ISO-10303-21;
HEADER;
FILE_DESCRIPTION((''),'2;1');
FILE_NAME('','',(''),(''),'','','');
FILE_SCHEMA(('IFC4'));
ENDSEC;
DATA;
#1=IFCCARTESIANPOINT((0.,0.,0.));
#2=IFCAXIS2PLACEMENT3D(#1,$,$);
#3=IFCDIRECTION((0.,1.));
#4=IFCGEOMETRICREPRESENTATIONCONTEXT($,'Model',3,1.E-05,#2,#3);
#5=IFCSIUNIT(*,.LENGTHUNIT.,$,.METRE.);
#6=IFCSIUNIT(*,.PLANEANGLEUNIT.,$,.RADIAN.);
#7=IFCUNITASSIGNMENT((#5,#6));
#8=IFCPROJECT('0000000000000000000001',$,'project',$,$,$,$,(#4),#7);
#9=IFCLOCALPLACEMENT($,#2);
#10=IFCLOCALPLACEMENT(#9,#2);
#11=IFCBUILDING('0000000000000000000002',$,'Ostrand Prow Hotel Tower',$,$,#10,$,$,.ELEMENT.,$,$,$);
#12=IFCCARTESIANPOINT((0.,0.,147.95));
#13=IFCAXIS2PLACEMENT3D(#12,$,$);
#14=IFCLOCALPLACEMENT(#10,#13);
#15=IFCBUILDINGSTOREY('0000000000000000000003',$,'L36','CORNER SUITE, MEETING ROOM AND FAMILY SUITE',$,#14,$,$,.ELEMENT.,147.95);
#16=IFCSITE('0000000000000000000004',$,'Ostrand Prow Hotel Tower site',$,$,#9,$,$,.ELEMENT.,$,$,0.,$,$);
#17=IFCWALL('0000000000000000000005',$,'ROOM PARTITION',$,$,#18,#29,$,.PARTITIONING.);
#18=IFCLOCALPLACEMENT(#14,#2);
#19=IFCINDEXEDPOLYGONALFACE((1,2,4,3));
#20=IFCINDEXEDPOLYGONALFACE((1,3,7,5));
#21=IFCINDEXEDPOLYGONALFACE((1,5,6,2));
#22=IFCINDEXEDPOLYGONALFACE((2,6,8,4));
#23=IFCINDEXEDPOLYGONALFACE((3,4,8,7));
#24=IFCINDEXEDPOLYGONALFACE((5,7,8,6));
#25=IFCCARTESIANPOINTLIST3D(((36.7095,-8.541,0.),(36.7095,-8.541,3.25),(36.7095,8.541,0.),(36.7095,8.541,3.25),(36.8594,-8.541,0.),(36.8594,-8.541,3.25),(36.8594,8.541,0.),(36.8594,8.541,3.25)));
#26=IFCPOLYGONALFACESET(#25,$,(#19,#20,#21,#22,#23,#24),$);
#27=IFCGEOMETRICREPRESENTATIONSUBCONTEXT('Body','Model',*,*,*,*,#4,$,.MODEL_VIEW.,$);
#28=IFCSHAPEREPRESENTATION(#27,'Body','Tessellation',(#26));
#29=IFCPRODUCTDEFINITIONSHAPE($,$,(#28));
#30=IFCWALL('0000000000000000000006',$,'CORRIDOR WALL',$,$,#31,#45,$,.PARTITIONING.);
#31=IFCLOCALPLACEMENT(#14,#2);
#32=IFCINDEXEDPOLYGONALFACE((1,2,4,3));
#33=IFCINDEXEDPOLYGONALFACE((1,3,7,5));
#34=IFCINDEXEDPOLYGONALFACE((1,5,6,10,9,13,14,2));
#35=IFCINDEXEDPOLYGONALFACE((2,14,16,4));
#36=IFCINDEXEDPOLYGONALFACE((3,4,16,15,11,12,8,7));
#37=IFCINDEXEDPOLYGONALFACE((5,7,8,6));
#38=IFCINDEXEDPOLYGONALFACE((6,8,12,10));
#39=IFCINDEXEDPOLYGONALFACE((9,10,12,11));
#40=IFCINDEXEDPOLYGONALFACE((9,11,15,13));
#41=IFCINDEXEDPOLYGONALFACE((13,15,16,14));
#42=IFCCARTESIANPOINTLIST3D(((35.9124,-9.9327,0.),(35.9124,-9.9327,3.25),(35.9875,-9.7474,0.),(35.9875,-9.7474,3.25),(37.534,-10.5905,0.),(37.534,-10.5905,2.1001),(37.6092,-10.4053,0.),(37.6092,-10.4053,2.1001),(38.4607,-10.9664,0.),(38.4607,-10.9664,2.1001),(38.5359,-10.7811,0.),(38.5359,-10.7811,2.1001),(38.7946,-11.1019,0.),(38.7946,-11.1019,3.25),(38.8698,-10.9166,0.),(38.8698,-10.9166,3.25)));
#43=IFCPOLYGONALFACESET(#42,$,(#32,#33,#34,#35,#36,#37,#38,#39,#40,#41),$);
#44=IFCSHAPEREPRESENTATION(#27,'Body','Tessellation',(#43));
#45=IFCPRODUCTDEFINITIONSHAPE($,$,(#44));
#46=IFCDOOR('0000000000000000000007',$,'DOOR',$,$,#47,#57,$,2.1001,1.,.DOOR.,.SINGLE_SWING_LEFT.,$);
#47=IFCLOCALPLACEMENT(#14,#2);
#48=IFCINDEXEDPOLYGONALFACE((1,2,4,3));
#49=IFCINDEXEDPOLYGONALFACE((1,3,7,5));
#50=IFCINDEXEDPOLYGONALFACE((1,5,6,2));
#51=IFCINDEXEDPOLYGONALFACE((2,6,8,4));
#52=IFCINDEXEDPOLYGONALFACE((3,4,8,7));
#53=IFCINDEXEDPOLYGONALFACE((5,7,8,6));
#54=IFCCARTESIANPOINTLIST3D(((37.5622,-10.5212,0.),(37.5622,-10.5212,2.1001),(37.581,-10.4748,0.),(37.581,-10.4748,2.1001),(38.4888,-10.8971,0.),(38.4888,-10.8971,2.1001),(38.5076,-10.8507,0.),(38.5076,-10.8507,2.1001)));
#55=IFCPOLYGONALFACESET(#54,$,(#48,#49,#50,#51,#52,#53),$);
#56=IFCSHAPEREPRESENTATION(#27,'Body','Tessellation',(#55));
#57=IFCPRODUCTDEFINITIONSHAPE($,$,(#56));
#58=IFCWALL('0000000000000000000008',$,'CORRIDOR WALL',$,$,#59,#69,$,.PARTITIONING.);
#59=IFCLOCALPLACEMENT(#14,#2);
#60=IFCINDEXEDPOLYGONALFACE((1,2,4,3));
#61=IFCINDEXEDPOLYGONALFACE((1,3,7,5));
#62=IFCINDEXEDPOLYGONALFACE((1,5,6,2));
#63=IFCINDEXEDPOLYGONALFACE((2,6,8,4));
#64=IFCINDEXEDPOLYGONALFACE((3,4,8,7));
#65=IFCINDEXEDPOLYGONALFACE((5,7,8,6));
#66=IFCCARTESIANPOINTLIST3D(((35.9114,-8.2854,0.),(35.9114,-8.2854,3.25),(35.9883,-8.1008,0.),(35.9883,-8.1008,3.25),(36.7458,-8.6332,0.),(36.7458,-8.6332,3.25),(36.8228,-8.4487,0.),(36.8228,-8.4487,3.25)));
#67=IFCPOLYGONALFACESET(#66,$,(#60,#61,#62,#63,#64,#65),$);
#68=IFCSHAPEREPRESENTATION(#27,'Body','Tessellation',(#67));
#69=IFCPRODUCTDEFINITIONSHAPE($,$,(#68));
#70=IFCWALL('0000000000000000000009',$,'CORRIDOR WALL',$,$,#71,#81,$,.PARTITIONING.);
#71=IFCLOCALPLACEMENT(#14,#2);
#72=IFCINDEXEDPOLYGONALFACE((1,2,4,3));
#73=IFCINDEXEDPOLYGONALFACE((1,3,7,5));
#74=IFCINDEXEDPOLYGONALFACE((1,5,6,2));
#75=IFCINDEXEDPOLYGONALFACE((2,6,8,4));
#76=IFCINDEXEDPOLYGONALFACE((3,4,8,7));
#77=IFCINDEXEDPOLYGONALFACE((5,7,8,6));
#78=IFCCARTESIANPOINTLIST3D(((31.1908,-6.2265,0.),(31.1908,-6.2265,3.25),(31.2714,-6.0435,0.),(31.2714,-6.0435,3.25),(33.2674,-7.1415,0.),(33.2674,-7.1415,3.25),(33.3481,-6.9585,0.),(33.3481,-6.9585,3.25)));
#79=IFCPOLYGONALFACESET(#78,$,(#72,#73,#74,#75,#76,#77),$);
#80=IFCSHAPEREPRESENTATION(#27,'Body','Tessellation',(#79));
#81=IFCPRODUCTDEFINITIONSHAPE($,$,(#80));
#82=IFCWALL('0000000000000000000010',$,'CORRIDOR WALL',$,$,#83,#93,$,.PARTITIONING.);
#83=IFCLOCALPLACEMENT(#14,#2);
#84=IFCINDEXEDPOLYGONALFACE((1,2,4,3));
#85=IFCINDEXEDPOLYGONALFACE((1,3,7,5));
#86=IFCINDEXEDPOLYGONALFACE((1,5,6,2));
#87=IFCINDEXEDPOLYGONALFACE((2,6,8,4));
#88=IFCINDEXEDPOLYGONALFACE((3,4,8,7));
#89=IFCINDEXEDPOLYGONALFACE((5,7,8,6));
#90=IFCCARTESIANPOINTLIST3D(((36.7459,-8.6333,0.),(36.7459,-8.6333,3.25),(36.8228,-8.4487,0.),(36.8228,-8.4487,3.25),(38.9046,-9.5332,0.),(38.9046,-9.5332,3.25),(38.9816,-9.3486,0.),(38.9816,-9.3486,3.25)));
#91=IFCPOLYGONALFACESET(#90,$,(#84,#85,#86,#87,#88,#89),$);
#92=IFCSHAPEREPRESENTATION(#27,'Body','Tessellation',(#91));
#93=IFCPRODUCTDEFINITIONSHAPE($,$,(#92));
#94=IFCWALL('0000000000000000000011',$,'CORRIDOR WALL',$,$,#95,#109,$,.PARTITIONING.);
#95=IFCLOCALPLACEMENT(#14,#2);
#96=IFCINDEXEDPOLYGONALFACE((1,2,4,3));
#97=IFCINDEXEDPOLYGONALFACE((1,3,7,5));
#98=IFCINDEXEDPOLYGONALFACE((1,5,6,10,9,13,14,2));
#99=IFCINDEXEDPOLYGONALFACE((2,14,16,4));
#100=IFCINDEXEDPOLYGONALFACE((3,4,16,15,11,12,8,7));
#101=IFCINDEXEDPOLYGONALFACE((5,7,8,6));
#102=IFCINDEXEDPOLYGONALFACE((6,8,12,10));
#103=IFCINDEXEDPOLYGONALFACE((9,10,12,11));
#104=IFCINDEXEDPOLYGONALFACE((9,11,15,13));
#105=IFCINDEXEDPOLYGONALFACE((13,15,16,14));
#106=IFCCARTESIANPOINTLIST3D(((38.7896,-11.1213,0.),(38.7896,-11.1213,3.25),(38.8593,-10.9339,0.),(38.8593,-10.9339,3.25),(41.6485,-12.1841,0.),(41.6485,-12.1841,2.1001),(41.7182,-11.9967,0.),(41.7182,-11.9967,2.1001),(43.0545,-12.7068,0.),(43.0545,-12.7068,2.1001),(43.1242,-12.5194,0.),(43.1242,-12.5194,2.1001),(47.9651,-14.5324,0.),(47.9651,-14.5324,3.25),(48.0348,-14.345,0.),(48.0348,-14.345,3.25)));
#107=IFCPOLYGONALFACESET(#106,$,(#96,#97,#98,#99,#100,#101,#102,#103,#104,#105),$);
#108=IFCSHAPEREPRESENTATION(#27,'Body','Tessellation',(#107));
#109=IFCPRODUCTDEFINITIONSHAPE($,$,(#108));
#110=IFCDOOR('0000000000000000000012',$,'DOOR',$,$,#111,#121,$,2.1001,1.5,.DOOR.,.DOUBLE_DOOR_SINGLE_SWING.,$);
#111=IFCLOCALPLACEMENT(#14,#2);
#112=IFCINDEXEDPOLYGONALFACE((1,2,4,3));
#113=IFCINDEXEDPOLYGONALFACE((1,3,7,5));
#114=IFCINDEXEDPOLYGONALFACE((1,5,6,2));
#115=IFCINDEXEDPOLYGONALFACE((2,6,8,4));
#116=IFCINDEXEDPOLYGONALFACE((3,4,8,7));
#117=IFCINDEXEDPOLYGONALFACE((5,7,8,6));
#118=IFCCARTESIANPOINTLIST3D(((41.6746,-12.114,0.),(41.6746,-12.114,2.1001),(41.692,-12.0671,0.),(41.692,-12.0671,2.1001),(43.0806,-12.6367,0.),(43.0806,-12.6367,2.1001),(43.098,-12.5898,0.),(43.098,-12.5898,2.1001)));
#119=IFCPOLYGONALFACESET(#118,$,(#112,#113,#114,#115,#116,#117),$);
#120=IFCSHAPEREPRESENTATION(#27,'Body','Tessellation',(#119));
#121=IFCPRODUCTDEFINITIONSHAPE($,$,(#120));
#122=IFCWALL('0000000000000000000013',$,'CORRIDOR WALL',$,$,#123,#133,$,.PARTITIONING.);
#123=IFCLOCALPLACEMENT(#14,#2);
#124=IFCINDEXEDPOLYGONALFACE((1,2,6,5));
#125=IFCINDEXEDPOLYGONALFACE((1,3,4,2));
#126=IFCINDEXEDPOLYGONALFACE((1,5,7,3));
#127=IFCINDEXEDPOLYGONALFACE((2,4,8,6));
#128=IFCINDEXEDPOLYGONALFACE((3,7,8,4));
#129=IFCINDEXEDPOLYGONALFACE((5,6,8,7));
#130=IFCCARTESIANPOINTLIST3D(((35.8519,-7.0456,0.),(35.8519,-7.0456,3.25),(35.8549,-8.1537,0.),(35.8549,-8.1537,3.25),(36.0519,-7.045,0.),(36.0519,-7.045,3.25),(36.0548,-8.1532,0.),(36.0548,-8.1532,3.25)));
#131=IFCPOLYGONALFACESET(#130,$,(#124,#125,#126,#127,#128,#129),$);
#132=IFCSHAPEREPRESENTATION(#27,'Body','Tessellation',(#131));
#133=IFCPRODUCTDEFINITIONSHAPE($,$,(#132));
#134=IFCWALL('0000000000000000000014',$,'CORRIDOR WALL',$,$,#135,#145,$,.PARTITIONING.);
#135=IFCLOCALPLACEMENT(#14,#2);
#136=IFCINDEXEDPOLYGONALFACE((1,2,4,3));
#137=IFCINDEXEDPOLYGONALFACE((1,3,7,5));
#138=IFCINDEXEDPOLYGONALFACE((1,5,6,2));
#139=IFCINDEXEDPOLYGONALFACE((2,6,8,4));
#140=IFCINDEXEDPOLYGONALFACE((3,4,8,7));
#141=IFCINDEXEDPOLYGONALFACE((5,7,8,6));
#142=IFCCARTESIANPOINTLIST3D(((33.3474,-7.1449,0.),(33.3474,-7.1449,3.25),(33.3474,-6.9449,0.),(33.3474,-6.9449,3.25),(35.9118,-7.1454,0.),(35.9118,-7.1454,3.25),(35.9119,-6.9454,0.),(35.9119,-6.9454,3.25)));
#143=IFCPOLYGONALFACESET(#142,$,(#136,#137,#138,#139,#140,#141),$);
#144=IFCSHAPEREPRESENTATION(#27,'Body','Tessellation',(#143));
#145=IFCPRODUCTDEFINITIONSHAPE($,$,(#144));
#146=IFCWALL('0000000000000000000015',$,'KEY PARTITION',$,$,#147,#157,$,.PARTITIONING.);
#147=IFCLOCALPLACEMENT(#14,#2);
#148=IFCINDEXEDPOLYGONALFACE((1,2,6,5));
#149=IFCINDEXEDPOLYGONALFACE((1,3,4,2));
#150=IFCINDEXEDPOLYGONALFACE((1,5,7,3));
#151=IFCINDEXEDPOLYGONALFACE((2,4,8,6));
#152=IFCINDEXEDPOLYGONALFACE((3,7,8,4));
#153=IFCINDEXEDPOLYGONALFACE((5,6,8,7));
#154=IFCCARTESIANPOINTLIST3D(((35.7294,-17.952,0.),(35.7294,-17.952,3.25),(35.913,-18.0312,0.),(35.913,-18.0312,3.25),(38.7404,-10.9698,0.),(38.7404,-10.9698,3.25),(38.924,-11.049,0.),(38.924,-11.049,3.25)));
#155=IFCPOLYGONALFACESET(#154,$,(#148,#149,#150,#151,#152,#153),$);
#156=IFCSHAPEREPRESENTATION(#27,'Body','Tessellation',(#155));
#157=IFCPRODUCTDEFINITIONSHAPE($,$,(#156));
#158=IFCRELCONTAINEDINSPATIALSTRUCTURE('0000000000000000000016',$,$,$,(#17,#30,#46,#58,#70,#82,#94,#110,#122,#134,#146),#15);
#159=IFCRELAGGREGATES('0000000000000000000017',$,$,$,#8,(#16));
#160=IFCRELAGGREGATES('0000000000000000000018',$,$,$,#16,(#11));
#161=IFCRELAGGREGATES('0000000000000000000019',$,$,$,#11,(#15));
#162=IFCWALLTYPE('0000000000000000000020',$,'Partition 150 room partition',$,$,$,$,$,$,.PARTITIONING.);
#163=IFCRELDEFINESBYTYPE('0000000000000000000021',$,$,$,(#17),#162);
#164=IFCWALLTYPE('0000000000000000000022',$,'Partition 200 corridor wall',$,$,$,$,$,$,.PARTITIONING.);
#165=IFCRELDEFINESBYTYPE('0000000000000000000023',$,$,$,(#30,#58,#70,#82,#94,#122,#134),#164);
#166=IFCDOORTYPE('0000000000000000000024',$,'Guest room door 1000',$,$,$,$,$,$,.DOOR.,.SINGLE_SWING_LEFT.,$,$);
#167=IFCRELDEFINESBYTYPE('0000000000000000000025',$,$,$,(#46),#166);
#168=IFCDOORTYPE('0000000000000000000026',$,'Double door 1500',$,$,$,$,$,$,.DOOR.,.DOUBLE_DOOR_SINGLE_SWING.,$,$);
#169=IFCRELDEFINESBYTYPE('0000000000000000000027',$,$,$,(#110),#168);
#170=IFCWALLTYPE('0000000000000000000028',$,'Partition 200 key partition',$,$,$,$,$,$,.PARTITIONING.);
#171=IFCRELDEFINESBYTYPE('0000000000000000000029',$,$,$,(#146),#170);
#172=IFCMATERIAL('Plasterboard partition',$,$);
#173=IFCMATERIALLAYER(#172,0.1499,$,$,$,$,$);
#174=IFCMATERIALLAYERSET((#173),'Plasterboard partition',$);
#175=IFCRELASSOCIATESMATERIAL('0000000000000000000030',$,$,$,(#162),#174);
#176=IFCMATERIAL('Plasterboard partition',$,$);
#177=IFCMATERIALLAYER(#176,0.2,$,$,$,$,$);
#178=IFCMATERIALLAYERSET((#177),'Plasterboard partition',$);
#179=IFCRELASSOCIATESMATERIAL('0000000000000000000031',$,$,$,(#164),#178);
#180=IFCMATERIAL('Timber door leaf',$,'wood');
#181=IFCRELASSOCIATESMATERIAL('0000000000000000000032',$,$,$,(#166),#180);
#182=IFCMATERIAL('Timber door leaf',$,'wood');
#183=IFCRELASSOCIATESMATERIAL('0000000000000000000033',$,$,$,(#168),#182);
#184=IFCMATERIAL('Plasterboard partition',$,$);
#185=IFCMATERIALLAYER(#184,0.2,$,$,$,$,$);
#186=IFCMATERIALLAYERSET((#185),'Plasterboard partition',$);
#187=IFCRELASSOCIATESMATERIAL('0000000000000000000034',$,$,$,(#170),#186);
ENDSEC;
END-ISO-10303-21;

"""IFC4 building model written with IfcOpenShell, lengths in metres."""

from ifc_helpers import new_model, si_unit, direction, frame, frame_2d, origin, place, context, subcontext, project, spatial, rectangle, extrude, material, layer, layer_set, type_object, element, fill, save


model = new_model("IFC4")

# Units and contexts
model_context = context("Model", 3, precision=1e-05, world=origin(), true_north=direction((0.0, 1.0)))
body_context = subcontext(model_context, "Body", "Model", "MODEL_VIEW")
ifc_project = project(units=[si_unit("LENGTHUNIT", "METRE"), si_unit("PLANEANGLEUNIT", "RADIAN")], contexts=[model_context])

# Site, building, storey
site_placement = place(None, origin())
site = spatial("IfcSite", under=ifc_project, at=site_placement, Name="Ostrand Prow Hotel Tower site", CompositionType="ELEMENT", RefElevation=0.0)
building_placement = place(site_placement, origin())
building = spatial("IfcBuilding", under=site, at=building_placement, Name="Ostrand Prow Hotel Tower", CompositionType="ELEMENT")
storey_placement = place(building_placement, frame((0.0, 0.0, 147.95)))
storey = spatial("IfcBuildingStorey", under=building, at=storey_placement, Name="L36", Description="CORNER SUITE, MEETING ROOM AND FAMILY SUITE", CompositionType="ELEMENT", Elevation=147.95)

# Wall
ifc_material_1 = material(Name="Plasterboard partition")
ifc_layer_1 = layer(ifc_material_1, 0.1499)
ifc_layer_set_1 = layer_set([ifc_layer_1], Name="Plasterboard partition")
wall_type_1 = type_object("IfcWallType", Name="Partition 150 room partition", PredefinedType="PARTITIONING", material=ifc_layer_set_1)
wall_1_placement = place(storey_placement, frame((36.7844, -8.541, 0.0), z_axis=(0.0, 0.0, 1.0), x_axis=(0.0, 1.0, 0.0)))
element("IfcWall", 1, at=wall_1_placement, inside=storey, type_object=wall_type_1, Name="ROOM PARTITION", PredefinedType="PARTITIONING", context=body_context, shape_type="SweptSolid", body=[
    extrude(rectangle(XDim=17.082, YDim=0.1499, at=frame_2d((8.541, 0.0))), origin(), (0.0, 0.0, 1.0), 3.25),
])

# Wall, opening, door
ifc_material_2 = material(Name="Plasterboard partition")
ifc_layer_2 = layer(ifc_material_2, 0.2)
ifc_layer_set_2 = layer_set([ifc_layer_2], Name="Plasterboard partition")
wall_type_2 = type_object("IfcWallType", Name="Partition 200 corridor wall", PredefinedType="PARTITIONING", material=ifc_layer_set_2)
wall_2_placement = place(storey_placement, frame((35.95, -9.8401, 0.0), z_axis=(0.0, 0.0, 1.0), x_axis=(0.926663, -0.375893, 0.0)))
wall_2 = element("IfcWall", 2, at=wall_2_placement, inside=storey, type_object=wall_type_2, Name="CORRIDOR WALL", PredefinedType="PARTITIONING", context=body_context, shape_type="SweptSolid", body=[
    extrude(rectangle(XDim=3.1104, YDim=0.2, at=frame_2d((1.5552, 0.0))), origin(), (0.0, 0.0, 1.0), 3.25),
])
opening_1_placement = place(wall_2_placement, frame((1.75, 0.0, 0.0)))
opening_1 = element("IfcOpeningElement", 3, at=opening_1_placement, cuts=wall_2, PredefinedType="OPENING", context=body_context, shape_type="SweptSolid", body=[
    extrude(rectangle(XDim=1.0, YDim=2.1001, at=frame_2d((0.5, 1.05))), frame((0.0, 0.1099, 0.0), z_axis=(0.0, -1.0, 0.0), x_axis=(1.0, 0.0, 0.0)), (0.0, 0.0, 1.0), 0.22),
])
ifc_material_3 = material(Name="Timber door leaf", Category="wood")
door_type_1 = type_object("IfcDoorType", Name="Guest room door 1000", OperationType="SINGLE_SWING_LEFT", PredefinedType="DOOR", material=ifc_material_3)
door_1_placement = place(opening_1_placement, origin())
door_1 = element("IfcDoor", 4, at=door_1_placement, inside=storey, type_object=door_type_1, Name="DOOR", OperationType="SINGLE_SWING_LEFT", OverallHeight=2.1001, OverallWidth=1.0, PredefinedType="DOOR", context=body_context, shape_type="SweptSolid", body=[
    extrude(rectangle(XDim=1.0, YDim=2.1001, at=frame_2d((0.5, 1.05))), frame((0.0, 0.0249, 0.0), z_axis=(0.0, -1.0, 0.0), x_axis=(1.0, 0.0, 0.0)), (0.0, 0.0, 1.0), 0.05),
])
fill(opening_1, door_1)

# Walls
wall_3_placement = place(storey_placement, frame((36.7844, -8.541, 0.0), z_axis=(0.0, 0.0, 1.0), x_axis=(-0.922997, 0.384807, 0.0)))
element("IfcWall", 5, at=wall_3_placement, inside=storey, type_object=wall_type_2, Name="CORRIDOR WALL", PredefinedType="PARTITIONING", context=body_context, shape_type="SweptSolid", body=[
    extrude(rectangle(XDim=0.9041, YDim=0.2, at=frame_2d((0.4521, 0.0))), origin(), (0.0, 0.0, 1.0), 3.25),
])
wall_4_placement = place(storey_placement, frame((33.3079, -7.05, 0.0), z_axis=(0.0, 0.0, 1.0), x_axis=(-0.915102, 0.403222, 0.0)))
element("IfcWall", 6, at=wall_4_placement, inside=storey, type_object=wall_type_2, Name="CORRIDOR WALL", PredefinedType="PARTITIONING", context=body_context, shape_type="SweptSolid", body=[
    extrude(rectangle(XDim=2.2693, YDim=0.2, at=frame_2d((1.1348, 0.0))), origin(), (0.0, 0.0, 1.0), 3.25),
])
wall_5_placement = place(storey_placement, frame((38.9431, -9.4409, 0.0), z_axis=(0.0, 0.0, 1.0), x_axis=(-0.923009, 0.384778, 0.0)))
element("IfcWall", 7, at=wall_5_placement, inside=storey, type_object=wall_type_2, Name="CORRIDOR WALL", PredefinedType="PARTITIONING", context=body_context, shape_type="SweptSolid", body=[
    extrude(rectangle(XDim=2.3389, YDim=0.2, at=frame_2d((1.1694, 0.0))), origin(), (0.0, 0.0, 1.0), 3.25),
])

# Wall, opening, door
wall_6_placement = place(storey_placement, frame((38.8245, -11.0276, 0.0), z_axis=(0.0, 0.0, 1.0), x_axis=(0.937323, -0.348463, 0.0)))
wall_6 = element("IfcWall", 8, at=wall_6_placement, inside=storey, type_object=wall_type_2, Name="CORRIDOR WALL", PredefinedType="PARTITIONING", context=body_context, shape_type="SweptSolid", body=[
    extrude(rectangle(XDim=9.7891, YDim=0.2, at=frame_2d((4.8945, 0.0))), origin(), (0.0, 0.0, 1.0), 3.25),
])
opening_2_placement = place(wall_6_placement, frame((3.05, 0.0, 0.0)))
opening_2 = element("IfcOpeningElement", 9, at=opening_2_placement, cuts=wall_6, PredefinedType="OPENING", context=body_context, shape_type="SweptSolid", body=[
    extrude(rectangle(XDim=1.5, YDim=2.1001, at=frame_2d((0.75, 1.05))), frame((0.0, 0.1099, 0.0), z_axis=(0.0, -1.0, 0.0), x_axis=(1.0, 0.0, 0.0)), (0.0, 0.0, 1.0), 0.22),
])
ifc_material_4 = material(Name="Timber door leaf", Category="wood")
door_type_2 = type_object("IfcDoorType", Name="Double door 1500", OperationType="DOUBLE_DOOR_SINGLE_SWING", PredefinedType="DOOR", material=ifc_material_4)
door_2_placement = place(opening_2_placement, origin())
door_2 = element("IfcDoor", 10, at=door_2_placement, inside=storey, type_object=door_type_2, Name="DOOR", OperationType="DOUBLE_DOOR_SINGLE_SWING", OverallHeight=2.1001, OverallWidth=1.5, PredefinedType="DOOR", context=body_context, shape_type="SweptSolid", body=[
    extrude(rectangle(XDim=1.5, YDim=2.1001, at=frame_2d((0.75, 1.05))), frame((0.0, 0.0249, 0.0), z_axis=(0.0, -1.0, 0.0), x_axis=(1.0, 0.0, 0.0)), (0.0, 0.0, 1.0), 0.05),
])
fill(opening_2, door_2)

# Walls
wall_7_placement = place(storey_placement, frame((35.9548, -8.1536, 0.0), z_axis=(0.0, 0.0, 1.0), x_axis=(-0.002644, 0.999997, 0.0)))
element("IfcWall", 11, at=wall_7_placement, inside=storey, type_object=wall_type_2, Name="CORRIDOR WALL", PredefinedType="PARTITIONING", context=body_context, shape_type="SweptSolid", body=[
    extrude(rectangle(XDim=1.1082, YDim=0.2, at=frame_2d((0.5542, 0.0))), origin(), (0.0, 0.0, 1.0), 3.25),
])
wall_8_placement = place(storey_placement, frame((35.9119, -7.0454, 0.0), z_axis=(0.0, 0.0, 1.0), x_axis=(-1.0, 0.00019, 0.0)))
element("IfcWall", 12, at=wall_8_placement, inside=storey, type_object=wall_type_2, Name="CORRIDOR WALL", PredefinedType="PARTITIONING", context=body_context, shape_type="SweptSolid", body=[
    extrude(rectangle(XDim=2.5645, YDim=0.2, at=frame_2d((1.2822, 0.0))), origin(), (0.0, 0.0, 1.0), 3.25),
])
ifc_material_5 = material(Name="Plasterboard partition")
ifc_layer_3 = layer(ifc_material_5, 0.2)
ifc_layer_set_3 = layer_set([ifc_layer_3], Name="Plasterboard partition")
wall_type_3 = type_object("IfcWallType", Name="Partition 200 key partition", PredefinedType="PARTITIONING", material=ifc_layer_set_3)
wall_9_placement = place(storey_placement, frame((35.8213, -17.9915, 0.0), z_axis=(0.0, 0.0, 1.0), x_axis=(0.395988, 0.918256, 0.0)))
element("IfcWall", 13, at=wall_9_placement, inside=storey, type_object=wall_type_3, Name="KEY PARTITION", PredefinedType="PARTITIONING", context=body_context, shape_type="SweptSolid", body=[
    extrude(rectangle(XDim=7.6038, YDim=0.2, at=frame_2d((3.8018, 0.0))), origin(), (0.0, 0.0, 1.0), 3.25),
])

save(model, "model.ifc")
